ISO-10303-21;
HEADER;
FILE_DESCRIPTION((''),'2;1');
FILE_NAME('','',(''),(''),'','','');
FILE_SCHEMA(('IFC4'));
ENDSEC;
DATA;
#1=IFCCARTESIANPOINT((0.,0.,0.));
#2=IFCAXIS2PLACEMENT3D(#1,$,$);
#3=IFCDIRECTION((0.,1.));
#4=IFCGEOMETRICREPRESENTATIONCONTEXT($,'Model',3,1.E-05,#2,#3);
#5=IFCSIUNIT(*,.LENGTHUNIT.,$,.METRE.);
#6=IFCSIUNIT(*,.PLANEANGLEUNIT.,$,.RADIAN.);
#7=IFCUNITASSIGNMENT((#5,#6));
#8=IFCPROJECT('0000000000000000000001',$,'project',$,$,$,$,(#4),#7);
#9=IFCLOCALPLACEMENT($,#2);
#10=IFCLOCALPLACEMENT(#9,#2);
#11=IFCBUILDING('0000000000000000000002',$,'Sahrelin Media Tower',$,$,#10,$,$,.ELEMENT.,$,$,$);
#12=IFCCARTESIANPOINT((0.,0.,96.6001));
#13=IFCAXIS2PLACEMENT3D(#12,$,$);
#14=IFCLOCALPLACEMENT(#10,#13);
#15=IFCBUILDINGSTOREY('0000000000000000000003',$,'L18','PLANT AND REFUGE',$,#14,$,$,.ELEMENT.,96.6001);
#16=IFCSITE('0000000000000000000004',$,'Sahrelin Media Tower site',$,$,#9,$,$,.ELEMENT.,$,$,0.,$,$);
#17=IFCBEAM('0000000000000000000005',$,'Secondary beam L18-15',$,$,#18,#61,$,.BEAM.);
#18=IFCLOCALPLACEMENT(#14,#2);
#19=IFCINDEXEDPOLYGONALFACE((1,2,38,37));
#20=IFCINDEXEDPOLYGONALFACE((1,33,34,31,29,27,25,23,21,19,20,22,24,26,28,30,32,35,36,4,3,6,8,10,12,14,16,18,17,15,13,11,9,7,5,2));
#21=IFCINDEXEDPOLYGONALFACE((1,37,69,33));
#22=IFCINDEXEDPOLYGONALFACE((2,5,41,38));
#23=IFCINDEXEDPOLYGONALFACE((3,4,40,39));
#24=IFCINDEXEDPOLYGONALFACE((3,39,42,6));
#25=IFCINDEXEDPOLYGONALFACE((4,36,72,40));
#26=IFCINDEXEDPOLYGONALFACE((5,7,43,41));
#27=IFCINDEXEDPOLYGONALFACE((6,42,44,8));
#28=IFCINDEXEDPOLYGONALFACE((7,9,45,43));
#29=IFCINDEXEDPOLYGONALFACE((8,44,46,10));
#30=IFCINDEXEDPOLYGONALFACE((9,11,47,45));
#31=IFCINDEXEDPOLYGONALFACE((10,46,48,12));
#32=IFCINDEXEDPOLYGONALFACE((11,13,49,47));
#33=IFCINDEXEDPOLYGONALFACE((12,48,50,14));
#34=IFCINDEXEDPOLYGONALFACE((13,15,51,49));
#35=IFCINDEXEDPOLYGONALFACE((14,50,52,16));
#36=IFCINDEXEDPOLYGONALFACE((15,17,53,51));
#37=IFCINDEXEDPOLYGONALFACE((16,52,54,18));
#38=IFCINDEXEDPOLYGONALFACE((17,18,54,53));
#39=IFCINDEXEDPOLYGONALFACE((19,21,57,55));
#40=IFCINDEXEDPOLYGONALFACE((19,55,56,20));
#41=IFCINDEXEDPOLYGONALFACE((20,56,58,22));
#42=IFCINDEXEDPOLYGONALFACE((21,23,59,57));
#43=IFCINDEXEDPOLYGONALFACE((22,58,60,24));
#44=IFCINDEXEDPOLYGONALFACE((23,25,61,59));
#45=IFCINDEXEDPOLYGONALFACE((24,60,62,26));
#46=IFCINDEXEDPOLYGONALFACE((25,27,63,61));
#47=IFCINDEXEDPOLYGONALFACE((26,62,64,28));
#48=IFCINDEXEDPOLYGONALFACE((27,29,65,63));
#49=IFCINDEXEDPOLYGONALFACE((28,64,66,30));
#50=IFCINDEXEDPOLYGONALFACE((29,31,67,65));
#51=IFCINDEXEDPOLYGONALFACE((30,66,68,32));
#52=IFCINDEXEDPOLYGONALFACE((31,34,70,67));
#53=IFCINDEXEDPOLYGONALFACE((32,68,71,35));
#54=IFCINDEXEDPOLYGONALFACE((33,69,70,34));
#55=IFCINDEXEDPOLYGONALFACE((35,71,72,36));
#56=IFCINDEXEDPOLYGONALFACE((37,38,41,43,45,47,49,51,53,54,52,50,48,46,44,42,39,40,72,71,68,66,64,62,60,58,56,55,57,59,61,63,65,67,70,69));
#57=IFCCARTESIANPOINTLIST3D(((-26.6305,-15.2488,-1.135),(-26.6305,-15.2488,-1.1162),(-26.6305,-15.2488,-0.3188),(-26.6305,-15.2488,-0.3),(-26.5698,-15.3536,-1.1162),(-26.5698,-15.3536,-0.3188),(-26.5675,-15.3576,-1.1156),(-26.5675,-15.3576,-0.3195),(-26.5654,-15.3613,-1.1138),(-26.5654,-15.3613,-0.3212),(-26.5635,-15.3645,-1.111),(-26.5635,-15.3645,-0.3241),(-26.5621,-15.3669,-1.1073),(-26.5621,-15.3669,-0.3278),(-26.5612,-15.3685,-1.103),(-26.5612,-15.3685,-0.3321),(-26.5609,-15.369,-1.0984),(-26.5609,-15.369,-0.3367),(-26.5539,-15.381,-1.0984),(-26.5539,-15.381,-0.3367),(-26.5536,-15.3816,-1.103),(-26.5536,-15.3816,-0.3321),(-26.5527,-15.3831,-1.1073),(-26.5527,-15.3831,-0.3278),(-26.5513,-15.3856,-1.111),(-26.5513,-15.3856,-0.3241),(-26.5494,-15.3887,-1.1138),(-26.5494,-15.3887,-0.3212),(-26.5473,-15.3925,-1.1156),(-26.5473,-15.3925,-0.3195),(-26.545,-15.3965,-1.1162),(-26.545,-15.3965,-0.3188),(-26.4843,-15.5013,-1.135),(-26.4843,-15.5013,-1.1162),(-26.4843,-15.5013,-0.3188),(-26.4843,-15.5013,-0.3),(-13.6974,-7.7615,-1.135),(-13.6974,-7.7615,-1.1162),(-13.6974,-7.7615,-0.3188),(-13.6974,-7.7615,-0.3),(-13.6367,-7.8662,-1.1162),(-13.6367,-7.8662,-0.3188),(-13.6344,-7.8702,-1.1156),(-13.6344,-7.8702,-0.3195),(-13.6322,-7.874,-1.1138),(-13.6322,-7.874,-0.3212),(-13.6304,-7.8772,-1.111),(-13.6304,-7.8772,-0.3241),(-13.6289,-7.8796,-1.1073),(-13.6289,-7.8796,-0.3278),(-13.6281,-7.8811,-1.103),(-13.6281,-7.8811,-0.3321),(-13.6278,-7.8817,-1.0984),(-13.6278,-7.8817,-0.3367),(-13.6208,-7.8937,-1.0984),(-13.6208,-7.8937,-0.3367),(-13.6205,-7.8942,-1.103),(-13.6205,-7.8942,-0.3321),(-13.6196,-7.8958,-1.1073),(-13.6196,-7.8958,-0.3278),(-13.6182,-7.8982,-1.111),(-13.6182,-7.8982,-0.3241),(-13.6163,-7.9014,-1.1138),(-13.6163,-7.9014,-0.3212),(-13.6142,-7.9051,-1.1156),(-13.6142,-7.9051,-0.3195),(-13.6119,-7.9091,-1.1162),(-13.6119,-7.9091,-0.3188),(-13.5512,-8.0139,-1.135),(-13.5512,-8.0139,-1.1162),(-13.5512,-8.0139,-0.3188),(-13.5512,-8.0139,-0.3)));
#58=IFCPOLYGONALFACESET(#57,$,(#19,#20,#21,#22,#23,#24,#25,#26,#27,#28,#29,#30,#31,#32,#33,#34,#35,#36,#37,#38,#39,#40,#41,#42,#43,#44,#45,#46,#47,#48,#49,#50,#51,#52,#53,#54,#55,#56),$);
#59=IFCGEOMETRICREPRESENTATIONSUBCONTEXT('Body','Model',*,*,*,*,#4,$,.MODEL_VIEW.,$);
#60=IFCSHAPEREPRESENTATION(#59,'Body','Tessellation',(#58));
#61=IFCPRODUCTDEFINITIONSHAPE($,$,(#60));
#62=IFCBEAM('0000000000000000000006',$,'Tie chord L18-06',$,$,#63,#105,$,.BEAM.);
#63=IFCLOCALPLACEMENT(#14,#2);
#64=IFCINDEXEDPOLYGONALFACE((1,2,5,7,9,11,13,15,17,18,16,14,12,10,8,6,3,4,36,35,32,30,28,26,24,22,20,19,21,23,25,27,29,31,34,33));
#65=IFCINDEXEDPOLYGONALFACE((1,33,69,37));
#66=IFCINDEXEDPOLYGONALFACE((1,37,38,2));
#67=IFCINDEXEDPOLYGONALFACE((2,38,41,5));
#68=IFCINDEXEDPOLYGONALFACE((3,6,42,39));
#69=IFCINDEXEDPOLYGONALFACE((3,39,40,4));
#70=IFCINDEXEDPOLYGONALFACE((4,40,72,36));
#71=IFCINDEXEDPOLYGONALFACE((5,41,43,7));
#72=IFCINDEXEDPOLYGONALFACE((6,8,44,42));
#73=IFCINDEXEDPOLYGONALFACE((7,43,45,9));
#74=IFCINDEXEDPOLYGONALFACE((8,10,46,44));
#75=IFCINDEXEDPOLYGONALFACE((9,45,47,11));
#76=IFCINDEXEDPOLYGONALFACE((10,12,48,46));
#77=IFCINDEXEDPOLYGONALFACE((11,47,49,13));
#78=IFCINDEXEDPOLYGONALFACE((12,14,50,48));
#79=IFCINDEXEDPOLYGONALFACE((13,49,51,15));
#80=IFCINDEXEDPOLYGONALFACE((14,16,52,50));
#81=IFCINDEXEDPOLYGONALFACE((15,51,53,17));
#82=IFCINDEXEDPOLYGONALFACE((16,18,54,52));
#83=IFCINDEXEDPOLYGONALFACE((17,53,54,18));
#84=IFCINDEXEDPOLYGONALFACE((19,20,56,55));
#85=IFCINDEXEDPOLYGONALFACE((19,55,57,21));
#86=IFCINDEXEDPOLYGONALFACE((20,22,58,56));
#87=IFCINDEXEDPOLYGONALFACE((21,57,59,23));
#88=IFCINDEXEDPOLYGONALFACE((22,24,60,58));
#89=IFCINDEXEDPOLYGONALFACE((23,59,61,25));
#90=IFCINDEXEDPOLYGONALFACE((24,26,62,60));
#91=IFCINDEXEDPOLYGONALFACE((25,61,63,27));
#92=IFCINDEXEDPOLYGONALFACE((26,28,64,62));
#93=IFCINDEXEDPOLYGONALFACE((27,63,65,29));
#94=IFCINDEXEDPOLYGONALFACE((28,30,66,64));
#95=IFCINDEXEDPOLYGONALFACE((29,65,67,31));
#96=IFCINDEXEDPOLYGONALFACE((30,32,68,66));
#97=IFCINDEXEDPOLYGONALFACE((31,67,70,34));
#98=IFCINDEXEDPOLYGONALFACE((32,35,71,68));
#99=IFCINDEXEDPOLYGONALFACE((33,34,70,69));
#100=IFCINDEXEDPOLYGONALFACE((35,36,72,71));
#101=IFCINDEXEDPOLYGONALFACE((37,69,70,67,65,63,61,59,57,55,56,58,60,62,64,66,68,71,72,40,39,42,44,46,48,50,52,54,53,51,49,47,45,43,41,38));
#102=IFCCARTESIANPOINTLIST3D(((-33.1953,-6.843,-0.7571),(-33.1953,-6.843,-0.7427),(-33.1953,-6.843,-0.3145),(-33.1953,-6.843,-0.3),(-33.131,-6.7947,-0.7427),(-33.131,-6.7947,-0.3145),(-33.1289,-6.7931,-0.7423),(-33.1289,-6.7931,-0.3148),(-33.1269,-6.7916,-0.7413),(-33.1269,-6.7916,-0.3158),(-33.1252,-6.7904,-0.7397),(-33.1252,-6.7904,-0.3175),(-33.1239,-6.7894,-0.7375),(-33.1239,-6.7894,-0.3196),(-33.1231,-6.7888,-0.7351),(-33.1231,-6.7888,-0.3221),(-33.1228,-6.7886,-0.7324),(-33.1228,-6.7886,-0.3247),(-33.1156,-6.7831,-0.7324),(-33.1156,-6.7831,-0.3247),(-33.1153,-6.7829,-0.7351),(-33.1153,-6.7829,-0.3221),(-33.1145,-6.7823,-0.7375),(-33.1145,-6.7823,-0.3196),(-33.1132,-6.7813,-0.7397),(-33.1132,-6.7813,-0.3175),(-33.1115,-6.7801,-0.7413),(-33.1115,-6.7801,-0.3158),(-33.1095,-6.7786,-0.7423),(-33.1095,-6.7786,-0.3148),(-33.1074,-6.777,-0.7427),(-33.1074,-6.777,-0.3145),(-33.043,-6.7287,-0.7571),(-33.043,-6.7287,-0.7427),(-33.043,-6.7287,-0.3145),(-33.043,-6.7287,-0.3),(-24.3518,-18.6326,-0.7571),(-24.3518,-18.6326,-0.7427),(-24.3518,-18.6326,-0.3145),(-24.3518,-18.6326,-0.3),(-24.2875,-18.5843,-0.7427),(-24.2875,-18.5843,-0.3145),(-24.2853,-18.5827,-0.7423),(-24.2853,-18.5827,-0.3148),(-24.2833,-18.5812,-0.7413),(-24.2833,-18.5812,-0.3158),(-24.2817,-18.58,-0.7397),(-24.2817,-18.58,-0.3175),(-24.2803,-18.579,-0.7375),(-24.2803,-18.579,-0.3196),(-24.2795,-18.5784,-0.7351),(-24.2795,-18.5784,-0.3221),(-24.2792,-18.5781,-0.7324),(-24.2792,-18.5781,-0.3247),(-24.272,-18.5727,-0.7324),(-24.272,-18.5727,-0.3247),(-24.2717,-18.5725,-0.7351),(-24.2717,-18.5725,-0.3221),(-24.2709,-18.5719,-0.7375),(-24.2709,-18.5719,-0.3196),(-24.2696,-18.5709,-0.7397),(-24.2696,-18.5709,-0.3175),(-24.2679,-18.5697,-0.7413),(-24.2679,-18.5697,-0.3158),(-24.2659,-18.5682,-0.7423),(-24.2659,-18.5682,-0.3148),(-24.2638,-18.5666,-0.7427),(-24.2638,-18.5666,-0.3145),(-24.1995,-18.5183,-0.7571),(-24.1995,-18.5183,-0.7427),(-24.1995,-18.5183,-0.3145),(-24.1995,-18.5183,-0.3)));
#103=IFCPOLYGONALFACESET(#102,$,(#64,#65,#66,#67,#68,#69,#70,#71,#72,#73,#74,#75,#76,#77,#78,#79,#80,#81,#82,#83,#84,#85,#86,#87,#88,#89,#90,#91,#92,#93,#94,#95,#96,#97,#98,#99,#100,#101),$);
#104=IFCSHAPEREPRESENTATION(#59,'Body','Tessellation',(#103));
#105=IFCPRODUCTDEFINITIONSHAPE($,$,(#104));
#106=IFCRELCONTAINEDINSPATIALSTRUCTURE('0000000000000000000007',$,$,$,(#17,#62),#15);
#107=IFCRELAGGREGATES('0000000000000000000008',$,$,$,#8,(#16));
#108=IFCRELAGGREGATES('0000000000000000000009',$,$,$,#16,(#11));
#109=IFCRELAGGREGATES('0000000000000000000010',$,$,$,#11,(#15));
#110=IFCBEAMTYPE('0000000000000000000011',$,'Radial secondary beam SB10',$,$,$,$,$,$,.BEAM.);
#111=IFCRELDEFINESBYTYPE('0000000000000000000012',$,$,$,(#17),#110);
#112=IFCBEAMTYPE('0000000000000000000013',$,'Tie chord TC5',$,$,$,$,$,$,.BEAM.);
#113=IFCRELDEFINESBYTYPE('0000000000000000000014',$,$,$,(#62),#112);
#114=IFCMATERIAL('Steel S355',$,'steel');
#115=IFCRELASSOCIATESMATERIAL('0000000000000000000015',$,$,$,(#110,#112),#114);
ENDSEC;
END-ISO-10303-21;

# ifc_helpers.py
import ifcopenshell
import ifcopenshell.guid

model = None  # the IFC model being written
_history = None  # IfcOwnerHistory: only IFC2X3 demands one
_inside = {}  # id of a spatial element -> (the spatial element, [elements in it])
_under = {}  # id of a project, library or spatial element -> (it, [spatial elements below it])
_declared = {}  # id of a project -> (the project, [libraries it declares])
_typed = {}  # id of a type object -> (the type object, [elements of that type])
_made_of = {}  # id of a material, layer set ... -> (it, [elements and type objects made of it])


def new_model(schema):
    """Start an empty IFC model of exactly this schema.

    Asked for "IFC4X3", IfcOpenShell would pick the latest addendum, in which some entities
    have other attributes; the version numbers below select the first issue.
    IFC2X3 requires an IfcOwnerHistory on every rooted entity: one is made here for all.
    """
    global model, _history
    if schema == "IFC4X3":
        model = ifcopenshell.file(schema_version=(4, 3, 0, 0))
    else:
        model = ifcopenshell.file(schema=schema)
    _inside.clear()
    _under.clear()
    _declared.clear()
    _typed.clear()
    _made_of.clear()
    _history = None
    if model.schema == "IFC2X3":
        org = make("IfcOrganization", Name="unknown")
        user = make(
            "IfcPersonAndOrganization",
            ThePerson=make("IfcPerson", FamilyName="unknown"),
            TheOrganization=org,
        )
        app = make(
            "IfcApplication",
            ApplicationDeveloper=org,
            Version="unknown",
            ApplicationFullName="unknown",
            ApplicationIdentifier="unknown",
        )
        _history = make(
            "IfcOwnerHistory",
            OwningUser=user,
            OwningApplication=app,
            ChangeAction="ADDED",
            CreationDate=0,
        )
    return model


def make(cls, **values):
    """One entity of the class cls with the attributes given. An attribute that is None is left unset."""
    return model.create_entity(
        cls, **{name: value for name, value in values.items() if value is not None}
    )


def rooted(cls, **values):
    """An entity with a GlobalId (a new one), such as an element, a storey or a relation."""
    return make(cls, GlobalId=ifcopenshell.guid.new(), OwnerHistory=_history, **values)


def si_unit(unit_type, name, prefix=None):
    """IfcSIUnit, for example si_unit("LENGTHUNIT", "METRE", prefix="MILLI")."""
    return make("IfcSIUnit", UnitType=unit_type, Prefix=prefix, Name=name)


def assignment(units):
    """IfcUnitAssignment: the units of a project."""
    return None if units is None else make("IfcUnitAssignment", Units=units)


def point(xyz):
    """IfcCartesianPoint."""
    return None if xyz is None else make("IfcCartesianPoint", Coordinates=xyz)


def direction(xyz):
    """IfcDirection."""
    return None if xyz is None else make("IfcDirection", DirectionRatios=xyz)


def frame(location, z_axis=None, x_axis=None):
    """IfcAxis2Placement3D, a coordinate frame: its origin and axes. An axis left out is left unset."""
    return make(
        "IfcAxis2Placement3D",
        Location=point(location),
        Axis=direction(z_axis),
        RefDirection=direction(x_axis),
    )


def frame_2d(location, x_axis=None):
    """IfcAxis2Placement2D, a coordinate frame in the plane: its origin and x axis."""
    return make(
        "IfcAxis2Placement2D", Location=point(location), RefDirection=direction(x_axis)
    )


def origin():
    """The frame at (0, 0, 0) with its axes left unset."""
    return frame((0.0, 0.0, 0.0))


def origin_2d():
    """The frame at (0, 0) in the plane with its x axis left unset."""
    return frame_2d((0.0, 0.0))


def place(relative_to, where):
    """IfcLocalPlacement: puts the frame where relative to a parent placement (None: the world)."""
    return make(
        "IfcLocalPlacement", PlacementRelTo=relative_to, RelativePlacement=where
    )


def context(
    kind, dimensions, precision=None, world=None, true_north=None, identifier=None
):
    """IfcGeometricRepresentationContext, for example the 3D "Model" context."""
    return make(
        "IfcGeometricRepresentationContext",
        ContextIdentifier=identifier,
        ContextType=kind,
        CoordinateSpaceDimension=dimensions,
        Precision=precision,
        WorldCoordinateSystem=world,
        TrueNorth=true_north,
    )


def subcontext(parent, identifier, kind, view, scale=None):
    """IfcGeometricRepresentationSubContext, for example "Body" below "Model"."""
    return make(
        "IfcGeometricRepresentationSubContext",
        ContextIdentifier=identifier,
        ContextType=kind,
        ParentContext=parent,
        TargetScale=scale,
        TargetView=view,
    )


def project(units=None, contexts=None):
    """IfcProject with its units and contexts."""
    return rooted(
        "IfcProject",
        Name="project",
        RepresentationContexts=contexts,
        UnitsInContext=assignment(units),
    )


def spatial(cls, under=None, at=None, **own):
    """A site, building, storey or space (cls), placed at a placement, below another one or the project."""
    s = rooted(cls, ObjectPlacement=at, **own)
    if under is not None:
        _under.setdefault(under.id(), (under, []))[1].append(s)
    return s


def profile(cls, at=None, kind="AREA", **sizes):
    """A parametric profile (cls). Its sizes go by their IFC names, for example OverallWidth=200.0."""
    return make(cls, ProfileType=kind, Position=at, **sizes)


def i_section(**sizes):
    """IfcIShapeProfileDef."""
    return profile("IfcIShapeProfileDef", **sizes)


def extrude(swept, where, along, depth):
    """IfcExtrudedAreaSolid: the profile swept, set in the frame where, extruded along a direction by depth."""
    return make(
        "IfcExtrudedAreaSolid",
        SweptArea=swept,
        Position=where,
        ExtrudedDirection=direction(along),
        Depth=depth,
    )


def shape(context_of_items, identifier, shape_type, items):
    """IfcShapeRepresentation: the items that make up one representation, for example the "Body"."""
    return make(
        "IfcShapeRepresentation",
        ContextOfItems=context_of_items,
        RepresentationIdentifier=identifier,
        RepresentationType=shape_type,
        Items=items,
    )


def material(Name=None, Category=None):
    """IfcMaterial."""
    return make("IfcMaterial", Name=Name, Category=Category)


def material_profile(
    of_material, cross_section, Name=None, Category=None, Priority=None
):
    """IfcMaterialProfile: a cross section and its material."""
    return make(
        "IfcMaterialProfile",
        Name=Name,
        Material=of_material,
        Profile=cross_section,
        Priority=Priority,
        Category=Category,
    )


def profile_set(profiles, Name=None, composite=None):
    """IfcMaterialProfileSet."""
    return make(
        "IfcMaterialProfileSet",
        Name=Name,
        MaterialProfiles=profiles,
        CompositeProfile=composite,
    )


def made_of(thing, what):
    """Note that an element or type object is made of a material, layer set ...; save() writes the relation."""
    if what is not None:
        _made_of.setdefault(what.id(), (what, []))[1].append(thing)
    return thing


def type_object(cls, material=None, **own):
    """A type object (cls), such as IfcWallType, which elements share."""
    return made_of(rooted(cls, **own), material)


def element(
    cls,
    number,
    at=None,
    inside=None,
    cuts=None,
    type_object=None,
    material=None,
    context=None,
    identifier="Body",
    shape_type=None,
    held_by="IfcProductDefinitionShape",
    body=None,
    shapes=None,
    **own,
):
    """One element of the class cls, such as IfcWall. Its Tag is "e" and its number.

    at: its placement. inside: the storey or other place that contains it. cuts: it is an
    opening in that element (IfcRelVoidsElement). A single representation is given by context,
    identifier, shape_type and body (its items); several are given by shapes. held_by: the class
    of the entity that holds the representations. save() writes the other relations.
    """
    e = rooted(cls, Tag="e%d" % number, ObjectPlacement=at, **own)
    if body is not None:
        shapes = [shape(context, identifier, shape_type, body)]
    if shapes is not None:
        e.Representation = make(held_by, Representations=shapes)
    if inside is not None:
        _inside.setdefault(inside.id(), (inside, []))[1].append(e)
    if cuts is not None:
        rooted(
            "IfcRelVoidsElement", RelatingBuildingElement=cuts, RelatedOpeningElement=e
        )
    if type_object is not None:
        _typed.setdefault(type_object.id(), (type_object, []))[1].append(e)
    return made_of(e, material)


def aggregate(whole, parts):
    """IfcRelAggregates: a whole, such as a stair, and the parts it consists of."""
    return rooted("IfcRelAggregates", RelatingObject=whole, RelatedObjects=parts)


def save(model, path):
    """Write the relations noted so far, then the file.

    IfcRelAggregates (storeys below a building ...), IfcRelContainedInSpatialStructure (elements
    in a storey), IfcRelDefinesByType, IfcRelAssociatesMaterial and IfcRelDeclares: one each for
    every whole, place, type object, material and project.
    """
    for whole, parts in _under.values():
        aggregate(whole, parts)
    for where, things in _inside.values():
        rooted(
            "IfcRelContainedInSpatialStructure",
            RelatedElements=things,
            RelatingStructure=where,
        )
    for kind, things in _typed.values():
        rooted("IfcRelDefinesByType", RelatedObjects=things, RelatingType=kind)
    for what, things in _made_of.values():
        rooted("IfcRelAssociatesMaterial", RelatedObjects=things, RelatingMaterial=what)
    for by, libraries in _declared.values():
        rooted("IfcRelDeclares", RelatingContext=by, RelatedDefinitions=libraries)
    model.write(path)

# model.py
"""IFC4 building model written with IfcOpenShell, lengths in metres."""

from ifc_helpers import new_model, si_unit, direction, frame, origin, origin_2d, place, context, subcontext, project, spatial, i_section, extrude, material, material_profile, profile_set, type_object, element, save


model = new_model("IFC4")

# Units and contexts
model_context = context("Model", 3, precision=1e-05, world=origin(), true_north=direction((0.0, 1.0)))
body_context = subcontext(model_context, "Body", "Model", "MODEL_VIEW")
ifc_project = project(units=[si_unit("LENGTHUNIT", "METRE"), si_unit("PLANEANGLEUNIT", "RADIAN")], contexts=[model_context])

# Site, building, storey
site_placement = place(None, origin())
site = spatial("IfcSite", under=ifc_project, at=site_placement, Name="Sahrelin Media Tower site", CompositionType="ELEMENT", RefElevation=0.0)
building_placement = place(site_placement, origin())
building = spatial("IfcBuilding", under=site, at=building_placement, Name="Sahrelin Media Tower", CompositionType="ELEMENT")
storey_placement = place(building_placement, frame((0.0, 0.0, 96.6001)))
storey = spatial("IfcBuildingStorey", under=building, at=storey_placement, Name="L18", Description="PLANT AND REFUGE", CompositionType="ELEMENT", Elevation=96.6001)

# Beams
ifc_material_1 = material(Name="Steel S355", Category="steel")
ifc_material_profile_1 = material_profile(ifc_material_1, i_section(OverallWidth=0.2917, OverallDepth=0.835, WebThickness=0.0139, FlangeThickness=0.0188, FilletRadius=0.0178, at=origin_2d()), Name="UB 838x292x176")
ifc_profile_set_1 = profile_set([ifc_material_profile_1], Name="Steel S355")
beam_type_1 = type_object("IfcBeamType", Name="Radial secondary beam SB10", PredefinedType="BEAM", material=ifc_profile_set_1)
beam_1_placement = place(storey_placement, frame((-13.6243, -7.8877, -0.7175), z_axis=(-0.865434, -0.501022, 0.0), x_axis=(0.501022, -0.865434, 0.0)))
element("IfcBeam", 1, at=beam_1_placement, inside=storey, type_object=beam_type_1, Name="Secondary beam L18-15", PredefinedType="BEAM", context=body_context, shape_type="SweptSolid", body=[
    extrude(i_section(OverallWidth=0.2917, OverallDepth=0.835, WebThickness=0.0139, FlangeThickness=0.0188, FilletRadius=0.0178, at=origin_2d()), origin(), (0.0, 0.0, 1.0), 14.9441),
])
ifc_material_profile_2 = material_profile(ifc_material_1, i_section(OverallWidth=0.1904, OverallDepth=0.457, WebThickness=0.009, FlangeThickness=0.0144, FilletRadius=0.0103, at=origin_2d()), Name="UB 457x191x74")
ifc_profile_set_2 = profile_set([ifc_material_profile_2], Name="Steel S355")
beam_type_2 = type_object("IfcBeamType", Name="Tie chord TC5", PredefinedType="BEAM", material=ifc_profile_set_2)
beam_2_placement = place(storey_placement, frame((-24.2756, -18.5754, -0.5286), z_axis=(-0.600058, 0.799956, 0.0), x_axis=(-0.799956, -0.600058, 0.0)))
element("IfcBeam", 2, at=beam_2_placement, inside=storey, type_object=beam_type_2, Name="Tie chord L18-06", PredefinedType="BEAM", context=body_context, shape_type="SweptSolid", body=[
    extrude(i_section(OverallWidth=0.1904, OverallDepth=0.457, WebThickness=0.009, FlangeThickness=0.0144, FilletRadius=0.0103, at=origin_2d()), origin(), (0.0, 0.0, 1.0), 14.7378),
])

save(model, "model.ifc")
